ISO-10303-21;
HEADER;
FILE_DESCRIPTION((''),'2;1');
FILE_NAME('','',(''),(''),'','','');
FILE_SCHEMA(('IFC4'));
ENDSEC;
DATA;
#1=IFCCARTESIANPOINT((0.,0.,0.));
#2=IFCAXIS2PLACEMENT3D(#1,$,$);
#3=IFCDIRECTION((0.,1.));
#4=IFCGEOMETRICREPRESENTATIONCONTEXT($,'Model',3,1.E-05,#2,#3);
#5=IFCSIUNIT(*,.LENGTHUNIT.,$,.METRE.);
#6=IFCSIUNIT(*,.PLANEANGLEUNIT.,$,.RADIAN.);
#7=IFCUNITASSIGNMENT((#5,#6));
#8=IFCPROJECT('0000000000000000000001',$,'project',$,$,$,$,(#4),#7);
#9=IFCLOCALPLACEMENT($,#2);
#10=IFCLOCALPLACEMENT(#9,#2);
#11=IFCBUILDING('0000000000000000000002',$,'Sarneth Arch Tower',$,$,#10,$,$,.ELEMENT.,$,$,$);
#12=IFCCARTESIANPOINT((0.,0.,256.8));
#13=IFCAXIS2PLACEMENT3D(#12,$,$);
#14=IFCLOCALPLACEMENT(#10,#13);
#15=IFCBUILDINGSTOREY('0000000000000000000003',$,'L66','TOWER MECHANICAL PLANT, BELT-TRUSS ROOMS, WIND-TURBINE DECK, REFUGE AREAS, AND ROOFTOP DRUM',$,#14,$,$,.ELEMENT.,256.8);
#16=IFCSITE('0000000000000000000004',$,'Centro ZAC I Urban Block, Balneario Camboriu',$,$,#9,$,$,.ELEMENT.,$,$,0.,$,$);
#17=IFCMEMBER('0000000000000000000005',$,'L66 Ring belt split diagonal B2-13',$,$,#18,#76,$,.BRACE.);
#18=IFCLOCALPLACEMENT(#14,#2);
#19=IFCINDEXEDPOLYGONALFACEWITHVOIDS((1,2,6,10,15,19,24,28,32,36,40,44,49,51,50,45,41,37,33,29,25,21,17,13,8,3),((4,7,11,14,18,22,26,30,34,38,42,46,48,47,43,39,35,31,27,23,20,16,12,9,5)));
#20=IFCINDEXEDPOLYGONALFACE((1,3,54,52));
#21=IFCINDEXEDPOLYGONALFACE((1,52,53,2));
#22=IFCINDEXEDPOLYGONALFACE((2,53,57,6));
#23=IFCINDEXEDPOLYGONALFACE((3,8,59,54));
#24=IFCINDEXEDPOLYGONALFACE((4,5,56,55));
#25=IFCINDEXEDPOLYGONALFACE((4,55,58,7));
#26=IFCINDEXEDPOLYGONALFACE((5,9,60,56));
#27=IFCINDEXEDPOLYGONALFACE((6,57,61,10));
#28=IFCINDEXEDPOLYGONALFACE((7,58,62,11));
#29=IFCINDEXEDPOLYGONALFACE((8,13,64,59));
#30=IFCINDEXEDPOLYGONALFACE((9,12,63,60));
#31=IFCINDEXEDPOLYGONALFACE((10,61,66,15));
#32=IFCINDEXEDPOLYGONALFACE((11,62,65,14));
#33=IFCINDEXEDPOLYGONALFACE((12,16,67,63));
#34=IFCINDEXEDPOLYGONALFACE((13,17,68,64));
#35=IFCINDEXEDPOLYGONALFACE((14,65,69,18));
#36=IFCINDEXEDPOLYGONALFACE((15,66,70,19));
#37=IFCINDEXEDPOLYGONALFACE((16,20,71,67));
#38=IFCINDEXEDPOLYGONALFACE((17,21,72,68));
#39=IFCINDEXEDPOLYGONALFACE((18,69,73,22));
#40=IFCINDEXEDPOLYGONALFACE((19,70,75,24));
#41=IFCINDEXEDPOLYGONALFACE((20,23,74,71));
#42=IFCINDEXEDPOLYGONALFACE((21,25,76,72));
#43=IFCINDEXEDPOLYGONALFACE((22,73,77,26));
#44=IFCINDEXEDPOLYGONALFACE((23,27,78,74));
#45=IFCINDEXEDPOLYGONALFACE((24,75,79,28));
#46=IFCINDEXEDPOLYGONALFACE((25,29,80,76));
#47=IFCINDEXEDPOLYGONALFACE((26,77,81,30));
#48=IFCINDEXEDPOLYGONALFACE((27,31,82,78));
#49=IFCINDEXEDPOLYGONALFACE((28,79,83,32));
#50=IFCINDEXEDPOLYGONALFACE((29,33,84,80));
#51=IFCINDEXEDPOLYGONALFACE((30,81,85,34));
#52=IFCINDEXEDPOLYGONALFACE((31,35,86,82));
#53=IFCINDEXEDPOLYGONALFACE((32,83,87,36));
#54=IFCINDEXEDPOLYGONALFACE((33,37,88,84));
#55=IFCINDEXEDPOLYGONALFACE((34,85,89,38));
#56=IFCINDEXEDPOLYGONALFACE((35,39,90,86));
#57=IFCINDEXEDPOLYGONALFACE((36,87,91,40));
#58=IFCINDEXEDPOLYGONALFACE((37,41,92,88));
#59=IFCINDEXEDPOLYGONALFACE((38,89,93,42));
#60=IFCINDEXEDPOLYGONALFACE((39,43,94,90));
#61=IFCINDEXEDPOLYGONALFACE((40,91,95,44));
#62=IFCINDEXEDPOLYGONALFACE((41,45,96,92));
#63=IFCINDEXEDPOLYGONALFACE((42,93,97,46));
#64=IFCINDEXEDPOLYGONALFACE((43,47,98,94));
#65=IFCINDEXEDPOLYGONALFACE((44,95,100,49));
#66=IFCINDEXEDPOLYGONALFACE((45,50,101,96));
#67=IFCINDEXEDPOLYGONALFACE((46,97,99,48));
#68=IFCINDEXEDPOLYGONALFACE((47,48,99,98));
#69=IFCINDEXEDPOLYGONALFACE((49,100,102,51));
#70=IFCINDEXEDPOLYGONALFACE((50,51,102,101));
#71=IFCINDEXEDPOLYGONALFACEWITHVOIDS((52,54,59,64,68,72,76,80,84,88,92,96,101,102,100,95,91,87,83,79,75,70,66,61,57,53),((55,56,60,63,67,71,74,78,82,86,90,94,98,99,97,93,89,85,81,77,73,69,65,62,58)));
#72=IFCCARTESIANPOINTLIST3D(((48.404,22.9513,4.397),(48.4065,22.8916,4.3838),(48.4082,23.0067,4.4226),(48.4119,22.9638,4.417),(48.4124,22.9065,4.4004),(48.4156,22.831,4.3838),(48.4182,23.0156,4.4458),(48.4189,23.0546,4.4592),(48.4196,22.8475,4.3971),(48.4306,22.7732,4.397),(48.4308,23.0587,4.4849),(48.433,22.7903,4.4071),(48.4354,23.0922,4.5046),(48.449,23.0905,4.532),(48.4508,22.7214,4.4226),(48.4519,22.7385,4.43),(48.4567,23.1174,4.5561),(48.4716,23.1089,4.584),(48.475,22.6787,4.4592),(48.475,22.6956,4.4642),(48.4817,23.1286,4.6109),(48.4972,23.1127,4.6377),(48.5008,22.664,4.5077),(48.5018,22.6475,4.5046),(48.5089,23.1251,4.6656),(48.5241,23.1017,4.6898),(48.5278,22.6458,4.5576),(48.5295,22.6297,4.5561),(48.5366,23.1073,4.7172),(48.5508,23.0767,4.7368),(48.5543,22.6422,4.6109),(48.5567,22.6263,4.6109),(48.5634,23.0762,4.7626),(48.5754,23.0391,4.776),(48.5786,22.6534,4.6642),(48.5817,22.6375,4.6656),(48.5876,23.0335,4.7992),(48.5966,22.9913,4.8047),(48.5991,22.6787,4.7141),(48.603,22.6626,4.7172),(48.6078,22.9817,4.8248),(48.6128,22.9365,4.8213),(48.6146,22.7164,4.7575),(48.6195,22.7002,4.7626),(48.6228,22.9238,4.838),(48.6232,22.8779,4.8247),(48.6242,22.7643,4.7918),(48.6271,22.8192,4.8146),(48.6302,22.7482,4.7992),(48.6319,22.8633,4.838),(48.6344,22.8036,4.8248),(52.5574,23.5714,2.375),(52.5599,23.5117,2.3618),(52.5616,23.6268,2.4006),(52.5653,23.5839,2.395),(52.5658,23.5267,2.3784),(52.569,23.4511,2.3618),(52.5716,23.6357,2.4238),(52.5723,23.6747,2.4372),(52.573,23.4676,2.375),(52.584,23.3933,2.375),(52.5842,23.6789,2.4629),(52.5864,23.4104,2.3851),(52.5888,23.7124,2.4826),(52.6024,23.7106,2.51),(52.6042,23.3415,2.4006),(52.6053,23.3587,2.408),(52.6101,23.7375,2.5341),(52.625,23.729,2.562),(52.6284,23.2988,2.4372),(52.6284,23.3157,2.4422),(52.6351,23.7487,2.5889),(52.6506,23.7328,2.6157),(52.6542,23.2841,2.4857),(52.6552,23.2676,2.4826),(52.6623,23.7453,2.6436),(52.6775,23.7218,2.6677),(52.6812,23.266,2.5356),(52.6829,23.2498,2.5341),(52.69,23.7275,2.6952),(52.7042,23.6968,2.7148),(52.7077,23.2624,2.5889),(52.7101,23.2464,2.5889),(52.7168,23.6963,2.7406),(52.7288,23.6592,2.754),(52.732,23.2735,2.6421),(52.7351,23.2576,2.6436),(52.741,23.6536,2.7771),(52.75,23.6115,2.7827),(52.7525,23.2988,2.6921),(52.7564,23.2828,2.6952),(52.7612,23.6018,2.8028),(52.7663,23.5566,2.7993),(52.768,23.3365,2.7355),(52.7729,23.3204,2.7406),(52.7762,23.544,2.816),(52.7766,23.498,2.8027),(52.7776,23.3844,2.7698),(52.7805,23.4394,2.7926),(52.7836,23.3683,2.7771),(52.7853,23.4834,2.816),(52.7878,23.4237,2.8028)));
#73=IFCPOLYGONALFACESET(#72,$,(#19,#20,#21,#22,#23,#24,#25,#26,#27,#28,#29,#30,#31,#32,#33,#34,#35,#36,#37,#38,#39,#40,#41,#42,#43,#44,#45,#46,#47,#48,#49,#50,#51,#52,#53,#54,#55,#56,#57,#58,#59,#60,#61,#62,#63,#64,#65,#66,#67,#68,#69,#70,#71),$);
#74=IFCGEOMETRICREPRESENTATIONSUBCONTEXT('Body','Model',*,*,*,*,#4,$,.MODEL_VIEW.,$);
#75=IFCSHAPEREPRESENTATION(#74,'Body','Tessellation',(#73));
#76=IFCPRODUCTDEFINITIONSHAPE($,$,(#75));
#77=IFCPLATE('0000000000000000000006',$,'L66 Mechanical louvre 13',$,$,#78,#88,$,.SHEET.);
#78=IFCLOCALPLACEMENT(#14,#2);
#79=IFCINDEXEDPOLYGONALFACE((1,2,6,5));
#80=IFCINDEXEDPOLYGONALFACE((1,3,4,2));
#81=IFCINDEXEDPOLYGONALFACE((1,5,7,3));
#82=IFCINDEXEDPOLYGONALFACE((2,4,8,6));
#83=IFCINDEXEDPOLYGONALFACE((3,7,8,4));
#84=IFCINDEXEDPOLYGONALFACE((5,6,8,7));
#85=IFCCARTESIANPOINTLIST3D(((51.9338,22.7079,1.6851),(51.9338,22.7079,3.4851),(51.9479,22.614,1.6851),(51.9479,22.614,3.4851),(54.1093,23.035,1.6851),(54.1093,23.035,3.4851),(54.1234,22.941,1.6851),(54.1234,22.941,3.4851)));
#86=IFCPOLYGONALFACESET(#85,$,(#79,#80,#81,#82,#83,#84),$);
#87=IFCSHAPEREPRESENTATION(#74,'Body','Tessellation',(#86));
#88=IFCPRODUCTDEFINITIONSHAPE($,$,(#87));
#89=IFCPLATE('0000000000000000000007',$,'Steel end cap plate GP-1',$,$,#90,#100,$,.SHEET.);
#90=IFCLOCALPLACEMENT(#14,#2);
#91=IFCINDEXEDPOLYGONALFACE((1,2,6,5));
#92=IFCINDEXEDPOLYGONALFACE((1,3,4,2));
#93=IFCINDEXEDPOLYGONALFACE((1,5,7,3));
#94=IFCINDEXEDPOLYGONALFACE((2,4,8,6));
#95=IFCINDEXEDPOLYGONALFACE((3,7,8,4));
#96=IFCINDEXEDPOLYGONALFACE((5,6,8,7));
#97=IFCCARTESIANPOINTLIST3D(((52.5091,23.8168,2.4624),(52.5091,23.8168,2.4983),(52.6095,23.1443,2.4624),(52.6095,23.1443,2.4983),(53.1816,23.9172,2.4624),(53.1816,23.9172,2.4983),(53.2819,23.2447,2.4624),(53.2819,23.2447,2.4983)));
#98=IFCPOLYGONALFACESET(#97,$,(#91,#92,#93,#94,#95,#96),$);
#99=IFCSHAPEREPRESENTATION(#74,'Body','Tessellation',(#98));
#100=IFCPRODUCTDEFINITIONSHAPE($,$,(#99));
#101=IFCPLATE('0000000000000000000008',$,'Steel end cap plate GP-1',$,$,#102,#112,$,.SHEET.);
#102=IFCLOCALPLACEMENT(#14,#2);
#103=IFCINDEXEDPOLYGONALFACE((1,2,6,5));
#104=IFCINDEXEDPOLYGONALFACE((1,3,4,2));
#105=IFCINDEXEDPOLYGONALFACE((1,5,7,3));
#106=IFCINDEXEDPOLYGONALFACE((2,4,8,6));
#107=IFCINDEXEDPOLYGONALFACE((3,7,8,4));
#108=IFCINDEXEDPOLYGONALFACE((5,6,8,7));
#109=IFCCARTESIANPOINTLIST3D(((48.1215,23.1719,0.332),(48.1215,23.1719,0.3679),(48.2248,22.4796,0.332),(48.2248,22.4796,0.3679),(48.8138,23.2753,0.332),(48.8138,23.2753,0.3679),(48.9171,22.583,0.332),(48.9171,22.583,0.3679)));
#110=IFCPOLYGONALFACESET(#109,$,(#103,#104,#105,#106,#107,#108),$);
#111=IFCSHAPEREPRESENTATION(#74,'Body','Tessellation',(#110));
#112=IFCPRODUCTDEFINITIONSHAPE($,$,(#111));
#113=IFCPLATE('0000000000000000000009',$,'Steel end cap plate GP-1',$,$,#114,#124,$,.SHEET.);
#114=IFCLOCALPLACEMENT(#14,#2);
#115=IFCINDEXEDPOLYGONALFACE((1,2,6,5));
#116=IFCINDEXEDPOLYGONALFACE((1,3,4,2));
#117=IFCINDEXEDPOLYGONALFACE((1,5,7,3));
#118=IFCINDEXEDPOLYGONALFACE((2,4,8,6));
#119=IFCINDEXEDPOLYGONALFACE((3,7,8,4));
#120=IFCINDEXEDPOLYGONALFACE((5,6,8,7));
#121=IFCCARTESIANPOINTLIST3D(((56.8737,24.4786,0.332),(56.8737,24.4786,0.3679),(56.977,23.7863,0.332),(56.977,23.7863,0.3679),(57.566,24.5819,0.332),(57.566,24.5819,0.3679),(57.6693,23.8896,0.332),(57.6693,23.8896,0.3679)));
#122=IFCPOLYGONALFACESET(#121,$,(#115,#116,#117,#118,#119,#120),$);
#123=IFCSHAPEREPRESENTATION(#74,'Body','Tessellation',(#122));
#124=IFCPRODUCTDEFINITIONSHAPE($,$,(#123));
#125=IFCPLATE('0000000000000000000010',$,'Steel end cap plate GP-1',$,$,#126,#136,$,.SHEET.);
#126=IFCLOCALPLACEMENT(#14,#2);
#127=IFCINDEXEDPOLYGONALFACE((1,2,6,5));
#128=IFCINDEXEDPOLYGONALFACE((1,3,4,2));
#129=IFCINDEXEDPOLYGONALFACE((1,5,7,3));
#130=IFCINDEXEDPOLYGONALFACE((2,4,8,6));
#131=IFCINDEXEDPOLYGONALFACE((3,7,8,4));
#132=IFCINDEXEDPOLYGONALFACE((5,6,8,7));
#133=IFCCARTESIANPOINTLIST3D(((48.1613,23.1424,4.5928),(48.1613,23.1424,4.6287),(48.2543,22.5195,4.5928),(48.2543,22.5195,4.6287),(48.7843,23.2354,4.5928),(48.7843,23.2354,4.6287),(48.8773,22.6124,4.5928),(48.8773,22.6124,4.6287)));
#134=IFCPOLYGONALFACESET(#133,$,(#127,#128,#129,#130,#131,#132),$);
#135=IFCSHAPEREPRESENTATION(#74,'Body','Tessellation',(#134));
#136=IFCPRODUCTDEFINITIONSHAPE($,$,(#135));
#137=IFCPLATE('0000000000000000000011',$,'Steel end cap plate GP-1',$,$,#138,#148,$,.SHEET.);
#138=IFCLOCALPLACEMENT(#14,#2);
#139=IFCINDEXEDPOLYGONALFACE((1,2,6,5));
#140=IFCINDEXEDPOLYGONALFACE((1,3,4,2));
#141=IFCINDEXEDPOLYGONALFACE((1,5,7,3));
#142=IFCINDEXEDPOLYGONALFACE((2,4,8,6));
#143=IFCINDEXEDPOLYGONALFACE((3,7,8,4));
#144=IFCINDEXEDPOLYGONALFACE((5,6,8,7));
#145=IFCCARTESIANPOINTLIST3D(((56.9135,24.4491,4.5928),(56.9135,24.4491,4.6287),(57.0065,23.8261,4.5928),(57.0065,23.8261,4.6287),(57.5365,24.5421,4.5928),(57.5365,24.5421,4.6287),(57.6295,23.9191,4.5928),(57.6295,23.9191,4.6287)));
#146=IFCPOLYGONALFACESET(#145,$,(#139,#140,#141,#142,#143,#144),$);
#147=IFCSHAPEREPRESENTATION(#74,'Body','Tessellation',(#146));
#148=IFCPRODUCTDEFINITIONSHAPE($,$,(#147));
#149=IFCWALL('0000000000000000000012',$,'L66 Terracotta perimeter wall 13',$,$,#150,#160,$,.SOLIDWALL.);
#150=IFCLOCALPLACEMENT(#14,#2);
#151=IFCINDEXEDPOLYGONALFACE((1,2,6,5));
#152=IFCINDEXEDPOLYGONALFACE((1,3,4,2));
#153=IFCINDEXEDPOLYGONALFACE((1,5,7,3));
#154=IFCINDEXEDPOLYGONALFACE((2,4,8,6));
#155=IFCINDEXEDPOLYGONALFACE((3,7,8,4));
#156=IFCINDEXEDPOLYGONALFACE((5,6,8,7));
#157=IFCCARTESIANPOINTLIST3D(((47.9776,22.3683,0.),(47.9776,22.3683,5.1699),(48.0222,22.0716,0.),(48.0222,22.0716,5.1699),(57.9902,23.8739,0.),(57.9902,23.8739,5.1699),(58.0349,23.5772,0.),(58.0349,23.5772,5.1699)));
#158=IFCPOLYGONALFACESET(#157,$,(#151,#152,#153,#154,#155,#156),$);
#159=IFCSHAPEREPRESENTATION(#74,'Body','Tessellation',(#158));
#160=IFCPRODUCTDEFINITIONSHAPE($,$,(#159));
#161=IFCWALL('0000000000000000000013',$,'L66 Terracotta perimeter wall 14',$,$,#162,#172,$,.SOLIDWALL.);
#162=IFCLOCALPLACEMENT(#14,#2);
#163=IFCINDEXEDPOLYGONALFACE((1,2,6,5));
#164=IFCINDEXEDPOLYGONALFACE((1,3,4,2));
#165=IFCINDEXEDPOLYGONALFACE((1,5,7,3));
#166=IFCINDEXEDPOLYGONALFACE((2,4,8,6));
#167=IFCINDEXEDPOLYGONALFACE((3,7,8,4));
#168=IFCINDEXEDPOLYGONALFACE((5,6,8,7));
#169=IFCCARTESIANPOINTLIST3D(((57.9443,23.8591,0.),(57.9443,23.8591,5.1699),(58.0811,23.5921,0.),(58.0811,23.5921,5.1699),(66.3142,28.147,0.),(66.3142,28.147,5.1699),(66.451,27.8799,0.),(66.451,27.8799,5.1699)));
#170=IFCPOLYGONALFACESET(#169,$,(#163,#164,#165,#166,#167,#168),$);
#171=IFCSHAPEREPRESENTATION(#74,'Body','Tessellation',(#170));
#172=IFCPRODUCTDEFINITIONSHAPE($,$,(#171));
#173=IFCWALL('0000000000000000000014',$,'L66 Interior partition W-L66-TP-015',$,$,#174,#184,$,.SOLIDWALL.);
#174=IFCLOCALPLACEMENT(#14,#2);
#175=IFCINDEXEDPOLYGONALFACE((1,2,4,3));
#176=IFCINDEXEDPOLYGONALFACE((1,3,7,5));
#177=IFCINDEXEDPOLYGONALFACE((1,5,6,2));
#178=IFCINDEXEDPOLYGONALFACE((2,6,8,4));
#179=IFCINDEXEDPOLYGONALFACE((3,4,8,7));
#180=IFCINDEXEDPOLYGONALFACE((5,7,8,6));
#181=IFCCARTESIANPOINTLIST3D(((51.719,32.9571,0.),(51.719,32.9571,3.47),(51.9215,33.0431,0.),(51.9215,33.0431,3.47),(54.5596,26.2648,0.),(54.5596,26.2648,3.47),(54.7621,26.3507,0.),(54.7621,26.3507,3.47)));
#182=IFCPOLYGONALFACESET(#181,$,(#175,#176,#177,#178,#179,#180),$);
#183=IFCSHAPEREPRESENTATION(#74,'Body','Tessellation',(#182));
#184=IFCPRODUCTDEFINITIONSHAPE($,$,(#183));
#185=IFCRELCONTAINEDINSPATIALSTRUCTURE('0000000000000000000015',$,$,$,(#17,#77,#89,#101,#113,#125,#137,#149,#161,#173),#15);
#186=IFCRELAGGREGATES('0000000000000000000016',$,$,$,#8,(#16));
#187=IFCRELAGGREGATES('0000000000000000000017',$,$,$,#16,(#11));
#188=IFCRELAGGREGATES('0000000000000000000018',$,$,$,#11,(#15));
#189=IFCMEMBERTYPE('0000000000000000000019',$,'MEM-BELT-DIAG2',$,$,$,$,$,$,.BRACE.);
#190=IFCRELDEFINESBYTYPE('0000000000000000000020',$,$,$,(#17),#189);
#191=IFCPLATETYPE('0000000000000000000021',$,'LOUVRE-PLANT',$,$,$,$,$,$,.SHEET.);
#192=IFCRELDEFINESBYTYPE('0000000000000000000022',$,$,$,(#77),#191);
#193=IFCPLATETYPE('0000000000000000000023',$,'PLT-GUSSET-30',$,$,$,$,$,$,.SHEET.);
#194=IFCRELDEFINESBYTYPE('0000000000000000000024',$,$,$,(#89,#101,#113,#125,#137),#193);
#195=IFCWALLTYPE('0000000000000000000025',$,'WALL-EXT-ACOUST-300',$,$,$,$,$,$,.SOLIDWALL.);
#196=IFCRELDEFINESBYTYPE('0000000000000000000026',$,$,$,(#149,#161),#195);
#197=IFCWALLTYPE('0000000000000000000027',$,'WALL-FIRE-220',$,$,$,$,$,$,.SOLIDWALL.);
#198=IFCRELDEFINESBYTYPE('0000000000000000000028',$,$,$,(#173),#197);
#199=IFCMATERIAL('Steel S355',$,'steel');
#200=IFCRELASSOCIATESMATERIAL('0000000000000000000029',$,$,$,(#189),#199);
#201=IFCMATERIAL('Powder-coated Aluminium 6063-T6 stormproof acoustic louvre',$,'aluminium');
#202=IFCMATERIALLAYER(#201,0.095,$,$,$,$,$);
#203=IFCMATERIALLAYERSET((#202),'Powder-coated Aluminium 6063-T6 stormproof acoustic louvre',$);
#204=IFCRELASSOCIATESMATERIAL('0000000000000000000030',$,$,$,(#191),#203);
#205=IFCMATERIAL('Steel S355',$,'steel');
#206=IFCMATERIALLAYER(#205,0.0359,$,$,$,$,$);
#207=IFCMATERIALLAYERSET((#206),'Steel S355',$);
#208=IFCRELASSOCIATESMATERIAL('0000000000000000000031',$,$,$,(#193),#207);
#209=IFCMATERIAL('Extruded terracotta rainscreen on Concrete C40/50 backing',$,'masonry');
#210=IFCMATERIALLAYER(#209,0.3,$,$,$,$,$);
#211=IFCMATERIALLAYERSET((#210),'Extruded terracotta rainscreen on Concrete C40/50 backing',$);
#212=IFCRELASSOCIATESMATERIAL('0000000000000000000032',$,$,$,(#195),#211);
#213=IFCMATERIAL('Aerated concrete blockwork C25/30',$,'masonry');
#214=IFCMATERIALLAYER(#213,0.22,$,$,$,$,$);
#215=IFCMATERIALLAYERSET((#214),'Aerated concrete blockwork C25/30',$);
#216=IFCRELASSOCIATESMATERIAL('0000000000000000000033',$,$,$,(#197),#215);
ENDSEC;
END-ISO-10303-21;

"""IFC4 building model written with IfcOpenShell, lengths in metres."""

from ifc_helpers import new_model, si_unit, direction, frame, frame_2d, origin, origin_2d, place, context, subcontext, project, spatial, rectangle, hollow_circle, extrude, material, layer, layer_set, material_profile, profile_set, type_object, element, save


model = new_model("IFC4")

# Units and contexts
model_context = context("Model", 3, precision=1e-05, world=origin(), true_north=direction((0.0, 1.0)))
body_context = subcontext(model_context, "Body", "Model", "MODEL_VIEW")
ifc_project = project(units=[si_unit("LENGTHUNIT", "METRE"), si_unit("PLANEANGLEUNIT", "RADIAN")], contexts=[model_context])

# Site, building, storey
site_placement = place(None, origin())
site = spatial("IfcSite", under=ifc_project, at=site_placement, Name="Centro ZAC I Urban Block, Balneario Camboriu", CompositionType="ELEMENT", RefElevation=0.0)
building_placement = place(site_placement, origin())
building = spatial("IfcBuilding", under=site, at=building_placement, Name="Sarneth Arch Tower", CompositionType="ELEMENT")
storey_placement = place(building_placement, frame((0.0, 0.0, 256.8)))
storey = spatial("IfcBuildingStorey", under=building, at=storey_placement, Name="L66", Description="TOWER MECHANICAL PLANT, BELT-TRUSS ROOMS, WIND-TURBINE DECK, REFUGE AREAS, AND ROOFTOP DRUM", CompositionType="ELEMENT", Elevation=256.8)

# Member
ifc_material_1 = material(Name="Steel S355", Category="steel")
ifc_material_profile_1 = material_profile(ifc_material_1, hollow_circle(Radius=0.2539, WallThickness=0.0161, at=origin_2d()), Name="CHS508x16")
ifc_profile_set_1 = profile_set([ifc_material_profile_1], Name="Steel S355")
member_type_1 = type_object("IfcMemberType", Name="MEM-BELT-DIAG2", PredefinedType="BRACE", material=ifc_profile_set_1)
for number, where, z_axis, x_axis, name in (
    (1, (52.6726, 23.4976, 2.5889), (-0.891119, -0.13305, 0.433826), (0.147669, -0.989037, 0.0), "L66 Ring belt split diagonal B2-13"),
):
    element("IfcMember", number, at=place(storey_placement, frame(where, z_axis=z_axis, x_axis=x_axis)), inside=storey, type_object=member_type_1, Name=name, PredefinedType="BRACE", context=body_context, shape_type="SweptSolid", body=[
        extrude(hollow_circle(Radius=0.2539, WallThickness=0.0161, at=origin_2d()), origin(), (0.0, 0.0, 1.0), 4.6609),
    ])

# Plates
ifc_material_2 = material(Name="Powder-coated Aluminium 6063-T6 stormproof acoustic louvre", Category="aluminium")
ifc_layer_1 = layer(ifc_material_2, 0.095)
ifc_layer_set_1 = layer_set([ifc_layer_1], Name="Powder-coated Aluminium 6063-T6 stormproof acoustic louvre")
plate_type_1 = type_object("IfcPlateType", Name="LOUVRE-PLANT", PredefinedType="SHEET", material=ifc_layer_set_1)
plate_1_placement = place(storey_placement, frame((53.0286, 22.8245, 1.6851), z_axis=(0.0, 0.0, 1.0), x_axis=(0.988886, 0.148672, 0.0)))
element("IfcPlate", 2, at=plate_1_placement, inside=storey, type_object=plate_type_1, Name="L66 Mechanical louvre 13", PredefinedType="SHEET", context=body_context, shape_type="SweptSolid", body=[
    extrude(rectangle(XDim=2.2, YDim=0.095, at=origin_2d()), origin(), (0.0, 0.0, 1.0), 1.8),
])
ifc_material_3 = material(Name="Steel S355", Category="steel")
ifc_layer_2 = layer(ifc_material_3, 0.0359)
ifc_layer_set_2 = layer_set([ifc_layer_2], Name="Steel S355")
plate_type_2 = type_object("IfcPlateType", Name="PLT-GUSSET-30", PredefinedType="SHEET", material=ifc_layer_set_2)
plate_2_placement = place(storey_placement, frame((52.8955, 23.5308, 2.4624), z_axis=(0.0, 0.0, 1.0), x_axis=(0.989042, 0.147637, 0.0)))
element("IfcPlate", 3, at=plate_2_placement, inside=storey, type_object=plate_type_2, Name="Steel end cap plate GP-1", PredefinedType="SHEET", context=body_context, shape_type="SweptSolid", body=[
    extrude(rectangle(XDim=0.6799, YDim=0.6799, at=origin_2d()), origin(), (0.0, 0.0, 1.0), 0.0359),
])
for number, where, z_axis, x_axis, name in (
    (4, (48.5193, 22.8774, 0.332), (0.0, 0.0, 1.0), (-0.989042, -0.147637, 0.0), "Steel end cap plate GP-1"),
    (5, (57.2715, 24.1841, 0.332), (0.0, 0.0, 1.0), (0.989042, 0.147637, 0.0), "Steel end cap plate GP-1"),
):
    element("IfcPlate", number, at=place(storey_placement, frame(where, z_axis=z_axis, x_axis=x_axis)), inside=storey, type_object=plate_type_2, Name=name, PredefinedType="SHEET", context=body_context, shape_type="SweptSolid", body=[
        extrude(rectangle(XDim=0.7, YDim=0.7, at=origin_2d()), origin(), (0.0, 0.0, 1.0), 0.0359),
    ])
for number, where, z_axis, x_axis, name in (
    (6, (48.5193, 22.8774, 4.5928), (0.0, 0.0, 1.0), (-0.989042, -0.147637, 0.0), "Steel end cap plate GP-1"),
    (7, (57.2715, 24.1841, 4.5928), (0.0, 0.0, 1.0), (0.989042, 0.147637, 0.0), "Steel end cap plate GP-1"),
):
    element("IfcPlate", number, at=place(storey_placement, frame(where, z_axis=z_axis, x_axis=x_axis)), inside=storey, type_object=plate_type_2, Name=name, PredefinedType="SHEET", context=body_context, shape_type="SweptSolid", body=[
        extrude(rectangle(XDim=0.6299, YDim=0.6299, at=origin_2d()), origin(), (0.0, 0.0, 1.0), 0.0359),
    ])

# Walls
ifc_material_4 = material(Name="Extruded terracotta rainscreen on Concrete C40/50 backing", Category="masonry")
ifc_layer_3 = layer(ifc_material_4, 0.3)
ifc_layer_set_3 = layer_set([ifc_layer_3], Name="Extruded terracotta rainscreen on Concrete C40/50 backing")
wall_type_1 = type_object("IfcWallType", Name="WALL-EXT-ACOUST-300", PredefinedType="SOLIDWALL", material=ifc_layer_set_3)
wall_1_placement = place(storey_placement, frame((48.0, 22.22, 0.0), z_axis=(0.0, 0.0, 1.0), x_axis=(0.988883, 0.148699, 0.0)))
element("IfcWall", 8, at=wall_1_placement, inside=storey, type_object=wall_type_1, Name="L66 Terracotta perimeter wall 13", PredefinedType="SOLIDWALL", context=body_context, shape_type="SweptSolid", body=[
    extrude(rectangle(XDim=10.1252, YDim=0.3, at=frame_2d((5.0625, 0.0))), origin(), (0.0, 0.0, 1.0), 5.1699),
])
wall_2_placement = place(storey_placement, frame((58.0127, 23.7256, 0.0), z_axis=(0.0, 0.0, 1.0), x_axis=(0.890007, 0.455946, 0.0)))
element("IfcWall", 9, at=wall_2_placement, inside=storey, type_object=wall_type_1, Name="L66 Terracotta perimeter wall 14", PredefinedType="SOLIDWALL", context=body_context, shape_type="SweptSolid", body=[
    extrude(rectangle(XDim=9.4043, YDim=0.3, at=frame_2d((4.7021, 0.0))), origin(), (0.0, 0.0, 1.0), 5.1699),
])
ifc_material_5 = material(Name="Aerated concrete blockwork C25/30", Category="masonry")
ifc_layer_4 = layer(ifc_material_5, 0.22)
ifc_layer_set_4 = layer_set([ifc_layer_4], Name="Aerated concrete blockwork C25/30")
wall_type_2 = type_object("IfcWallType", Name="WALL-FIRE-220", PredefinedType="SOLIDWALL", material=ifc_layer_set_4)
wall_3_placement = place(storey_placement, frame((54.6609, 26.3076, 0.0), z_axis=(0.0, 0.0, 1.0), x_axis=(-0.390711, 0.920513, 0.0)))
element("IfcWall", 10, at=wall_3_placement, inside=storey, type_object=wall_type_2, Name="L66 Interior partition W-L66-TP-015", PredefinedType="SOLIDWALL", context=body_context, shape_type="SweptSolid", body=[
    extrude(rectangle(XDim=7.2703, YDim=0.22, at=frame_2d((3.6353, 0.0))), origin(), (0.0, 0.0, 1.0), 3.47),
])

save(model, "model.ifc")
